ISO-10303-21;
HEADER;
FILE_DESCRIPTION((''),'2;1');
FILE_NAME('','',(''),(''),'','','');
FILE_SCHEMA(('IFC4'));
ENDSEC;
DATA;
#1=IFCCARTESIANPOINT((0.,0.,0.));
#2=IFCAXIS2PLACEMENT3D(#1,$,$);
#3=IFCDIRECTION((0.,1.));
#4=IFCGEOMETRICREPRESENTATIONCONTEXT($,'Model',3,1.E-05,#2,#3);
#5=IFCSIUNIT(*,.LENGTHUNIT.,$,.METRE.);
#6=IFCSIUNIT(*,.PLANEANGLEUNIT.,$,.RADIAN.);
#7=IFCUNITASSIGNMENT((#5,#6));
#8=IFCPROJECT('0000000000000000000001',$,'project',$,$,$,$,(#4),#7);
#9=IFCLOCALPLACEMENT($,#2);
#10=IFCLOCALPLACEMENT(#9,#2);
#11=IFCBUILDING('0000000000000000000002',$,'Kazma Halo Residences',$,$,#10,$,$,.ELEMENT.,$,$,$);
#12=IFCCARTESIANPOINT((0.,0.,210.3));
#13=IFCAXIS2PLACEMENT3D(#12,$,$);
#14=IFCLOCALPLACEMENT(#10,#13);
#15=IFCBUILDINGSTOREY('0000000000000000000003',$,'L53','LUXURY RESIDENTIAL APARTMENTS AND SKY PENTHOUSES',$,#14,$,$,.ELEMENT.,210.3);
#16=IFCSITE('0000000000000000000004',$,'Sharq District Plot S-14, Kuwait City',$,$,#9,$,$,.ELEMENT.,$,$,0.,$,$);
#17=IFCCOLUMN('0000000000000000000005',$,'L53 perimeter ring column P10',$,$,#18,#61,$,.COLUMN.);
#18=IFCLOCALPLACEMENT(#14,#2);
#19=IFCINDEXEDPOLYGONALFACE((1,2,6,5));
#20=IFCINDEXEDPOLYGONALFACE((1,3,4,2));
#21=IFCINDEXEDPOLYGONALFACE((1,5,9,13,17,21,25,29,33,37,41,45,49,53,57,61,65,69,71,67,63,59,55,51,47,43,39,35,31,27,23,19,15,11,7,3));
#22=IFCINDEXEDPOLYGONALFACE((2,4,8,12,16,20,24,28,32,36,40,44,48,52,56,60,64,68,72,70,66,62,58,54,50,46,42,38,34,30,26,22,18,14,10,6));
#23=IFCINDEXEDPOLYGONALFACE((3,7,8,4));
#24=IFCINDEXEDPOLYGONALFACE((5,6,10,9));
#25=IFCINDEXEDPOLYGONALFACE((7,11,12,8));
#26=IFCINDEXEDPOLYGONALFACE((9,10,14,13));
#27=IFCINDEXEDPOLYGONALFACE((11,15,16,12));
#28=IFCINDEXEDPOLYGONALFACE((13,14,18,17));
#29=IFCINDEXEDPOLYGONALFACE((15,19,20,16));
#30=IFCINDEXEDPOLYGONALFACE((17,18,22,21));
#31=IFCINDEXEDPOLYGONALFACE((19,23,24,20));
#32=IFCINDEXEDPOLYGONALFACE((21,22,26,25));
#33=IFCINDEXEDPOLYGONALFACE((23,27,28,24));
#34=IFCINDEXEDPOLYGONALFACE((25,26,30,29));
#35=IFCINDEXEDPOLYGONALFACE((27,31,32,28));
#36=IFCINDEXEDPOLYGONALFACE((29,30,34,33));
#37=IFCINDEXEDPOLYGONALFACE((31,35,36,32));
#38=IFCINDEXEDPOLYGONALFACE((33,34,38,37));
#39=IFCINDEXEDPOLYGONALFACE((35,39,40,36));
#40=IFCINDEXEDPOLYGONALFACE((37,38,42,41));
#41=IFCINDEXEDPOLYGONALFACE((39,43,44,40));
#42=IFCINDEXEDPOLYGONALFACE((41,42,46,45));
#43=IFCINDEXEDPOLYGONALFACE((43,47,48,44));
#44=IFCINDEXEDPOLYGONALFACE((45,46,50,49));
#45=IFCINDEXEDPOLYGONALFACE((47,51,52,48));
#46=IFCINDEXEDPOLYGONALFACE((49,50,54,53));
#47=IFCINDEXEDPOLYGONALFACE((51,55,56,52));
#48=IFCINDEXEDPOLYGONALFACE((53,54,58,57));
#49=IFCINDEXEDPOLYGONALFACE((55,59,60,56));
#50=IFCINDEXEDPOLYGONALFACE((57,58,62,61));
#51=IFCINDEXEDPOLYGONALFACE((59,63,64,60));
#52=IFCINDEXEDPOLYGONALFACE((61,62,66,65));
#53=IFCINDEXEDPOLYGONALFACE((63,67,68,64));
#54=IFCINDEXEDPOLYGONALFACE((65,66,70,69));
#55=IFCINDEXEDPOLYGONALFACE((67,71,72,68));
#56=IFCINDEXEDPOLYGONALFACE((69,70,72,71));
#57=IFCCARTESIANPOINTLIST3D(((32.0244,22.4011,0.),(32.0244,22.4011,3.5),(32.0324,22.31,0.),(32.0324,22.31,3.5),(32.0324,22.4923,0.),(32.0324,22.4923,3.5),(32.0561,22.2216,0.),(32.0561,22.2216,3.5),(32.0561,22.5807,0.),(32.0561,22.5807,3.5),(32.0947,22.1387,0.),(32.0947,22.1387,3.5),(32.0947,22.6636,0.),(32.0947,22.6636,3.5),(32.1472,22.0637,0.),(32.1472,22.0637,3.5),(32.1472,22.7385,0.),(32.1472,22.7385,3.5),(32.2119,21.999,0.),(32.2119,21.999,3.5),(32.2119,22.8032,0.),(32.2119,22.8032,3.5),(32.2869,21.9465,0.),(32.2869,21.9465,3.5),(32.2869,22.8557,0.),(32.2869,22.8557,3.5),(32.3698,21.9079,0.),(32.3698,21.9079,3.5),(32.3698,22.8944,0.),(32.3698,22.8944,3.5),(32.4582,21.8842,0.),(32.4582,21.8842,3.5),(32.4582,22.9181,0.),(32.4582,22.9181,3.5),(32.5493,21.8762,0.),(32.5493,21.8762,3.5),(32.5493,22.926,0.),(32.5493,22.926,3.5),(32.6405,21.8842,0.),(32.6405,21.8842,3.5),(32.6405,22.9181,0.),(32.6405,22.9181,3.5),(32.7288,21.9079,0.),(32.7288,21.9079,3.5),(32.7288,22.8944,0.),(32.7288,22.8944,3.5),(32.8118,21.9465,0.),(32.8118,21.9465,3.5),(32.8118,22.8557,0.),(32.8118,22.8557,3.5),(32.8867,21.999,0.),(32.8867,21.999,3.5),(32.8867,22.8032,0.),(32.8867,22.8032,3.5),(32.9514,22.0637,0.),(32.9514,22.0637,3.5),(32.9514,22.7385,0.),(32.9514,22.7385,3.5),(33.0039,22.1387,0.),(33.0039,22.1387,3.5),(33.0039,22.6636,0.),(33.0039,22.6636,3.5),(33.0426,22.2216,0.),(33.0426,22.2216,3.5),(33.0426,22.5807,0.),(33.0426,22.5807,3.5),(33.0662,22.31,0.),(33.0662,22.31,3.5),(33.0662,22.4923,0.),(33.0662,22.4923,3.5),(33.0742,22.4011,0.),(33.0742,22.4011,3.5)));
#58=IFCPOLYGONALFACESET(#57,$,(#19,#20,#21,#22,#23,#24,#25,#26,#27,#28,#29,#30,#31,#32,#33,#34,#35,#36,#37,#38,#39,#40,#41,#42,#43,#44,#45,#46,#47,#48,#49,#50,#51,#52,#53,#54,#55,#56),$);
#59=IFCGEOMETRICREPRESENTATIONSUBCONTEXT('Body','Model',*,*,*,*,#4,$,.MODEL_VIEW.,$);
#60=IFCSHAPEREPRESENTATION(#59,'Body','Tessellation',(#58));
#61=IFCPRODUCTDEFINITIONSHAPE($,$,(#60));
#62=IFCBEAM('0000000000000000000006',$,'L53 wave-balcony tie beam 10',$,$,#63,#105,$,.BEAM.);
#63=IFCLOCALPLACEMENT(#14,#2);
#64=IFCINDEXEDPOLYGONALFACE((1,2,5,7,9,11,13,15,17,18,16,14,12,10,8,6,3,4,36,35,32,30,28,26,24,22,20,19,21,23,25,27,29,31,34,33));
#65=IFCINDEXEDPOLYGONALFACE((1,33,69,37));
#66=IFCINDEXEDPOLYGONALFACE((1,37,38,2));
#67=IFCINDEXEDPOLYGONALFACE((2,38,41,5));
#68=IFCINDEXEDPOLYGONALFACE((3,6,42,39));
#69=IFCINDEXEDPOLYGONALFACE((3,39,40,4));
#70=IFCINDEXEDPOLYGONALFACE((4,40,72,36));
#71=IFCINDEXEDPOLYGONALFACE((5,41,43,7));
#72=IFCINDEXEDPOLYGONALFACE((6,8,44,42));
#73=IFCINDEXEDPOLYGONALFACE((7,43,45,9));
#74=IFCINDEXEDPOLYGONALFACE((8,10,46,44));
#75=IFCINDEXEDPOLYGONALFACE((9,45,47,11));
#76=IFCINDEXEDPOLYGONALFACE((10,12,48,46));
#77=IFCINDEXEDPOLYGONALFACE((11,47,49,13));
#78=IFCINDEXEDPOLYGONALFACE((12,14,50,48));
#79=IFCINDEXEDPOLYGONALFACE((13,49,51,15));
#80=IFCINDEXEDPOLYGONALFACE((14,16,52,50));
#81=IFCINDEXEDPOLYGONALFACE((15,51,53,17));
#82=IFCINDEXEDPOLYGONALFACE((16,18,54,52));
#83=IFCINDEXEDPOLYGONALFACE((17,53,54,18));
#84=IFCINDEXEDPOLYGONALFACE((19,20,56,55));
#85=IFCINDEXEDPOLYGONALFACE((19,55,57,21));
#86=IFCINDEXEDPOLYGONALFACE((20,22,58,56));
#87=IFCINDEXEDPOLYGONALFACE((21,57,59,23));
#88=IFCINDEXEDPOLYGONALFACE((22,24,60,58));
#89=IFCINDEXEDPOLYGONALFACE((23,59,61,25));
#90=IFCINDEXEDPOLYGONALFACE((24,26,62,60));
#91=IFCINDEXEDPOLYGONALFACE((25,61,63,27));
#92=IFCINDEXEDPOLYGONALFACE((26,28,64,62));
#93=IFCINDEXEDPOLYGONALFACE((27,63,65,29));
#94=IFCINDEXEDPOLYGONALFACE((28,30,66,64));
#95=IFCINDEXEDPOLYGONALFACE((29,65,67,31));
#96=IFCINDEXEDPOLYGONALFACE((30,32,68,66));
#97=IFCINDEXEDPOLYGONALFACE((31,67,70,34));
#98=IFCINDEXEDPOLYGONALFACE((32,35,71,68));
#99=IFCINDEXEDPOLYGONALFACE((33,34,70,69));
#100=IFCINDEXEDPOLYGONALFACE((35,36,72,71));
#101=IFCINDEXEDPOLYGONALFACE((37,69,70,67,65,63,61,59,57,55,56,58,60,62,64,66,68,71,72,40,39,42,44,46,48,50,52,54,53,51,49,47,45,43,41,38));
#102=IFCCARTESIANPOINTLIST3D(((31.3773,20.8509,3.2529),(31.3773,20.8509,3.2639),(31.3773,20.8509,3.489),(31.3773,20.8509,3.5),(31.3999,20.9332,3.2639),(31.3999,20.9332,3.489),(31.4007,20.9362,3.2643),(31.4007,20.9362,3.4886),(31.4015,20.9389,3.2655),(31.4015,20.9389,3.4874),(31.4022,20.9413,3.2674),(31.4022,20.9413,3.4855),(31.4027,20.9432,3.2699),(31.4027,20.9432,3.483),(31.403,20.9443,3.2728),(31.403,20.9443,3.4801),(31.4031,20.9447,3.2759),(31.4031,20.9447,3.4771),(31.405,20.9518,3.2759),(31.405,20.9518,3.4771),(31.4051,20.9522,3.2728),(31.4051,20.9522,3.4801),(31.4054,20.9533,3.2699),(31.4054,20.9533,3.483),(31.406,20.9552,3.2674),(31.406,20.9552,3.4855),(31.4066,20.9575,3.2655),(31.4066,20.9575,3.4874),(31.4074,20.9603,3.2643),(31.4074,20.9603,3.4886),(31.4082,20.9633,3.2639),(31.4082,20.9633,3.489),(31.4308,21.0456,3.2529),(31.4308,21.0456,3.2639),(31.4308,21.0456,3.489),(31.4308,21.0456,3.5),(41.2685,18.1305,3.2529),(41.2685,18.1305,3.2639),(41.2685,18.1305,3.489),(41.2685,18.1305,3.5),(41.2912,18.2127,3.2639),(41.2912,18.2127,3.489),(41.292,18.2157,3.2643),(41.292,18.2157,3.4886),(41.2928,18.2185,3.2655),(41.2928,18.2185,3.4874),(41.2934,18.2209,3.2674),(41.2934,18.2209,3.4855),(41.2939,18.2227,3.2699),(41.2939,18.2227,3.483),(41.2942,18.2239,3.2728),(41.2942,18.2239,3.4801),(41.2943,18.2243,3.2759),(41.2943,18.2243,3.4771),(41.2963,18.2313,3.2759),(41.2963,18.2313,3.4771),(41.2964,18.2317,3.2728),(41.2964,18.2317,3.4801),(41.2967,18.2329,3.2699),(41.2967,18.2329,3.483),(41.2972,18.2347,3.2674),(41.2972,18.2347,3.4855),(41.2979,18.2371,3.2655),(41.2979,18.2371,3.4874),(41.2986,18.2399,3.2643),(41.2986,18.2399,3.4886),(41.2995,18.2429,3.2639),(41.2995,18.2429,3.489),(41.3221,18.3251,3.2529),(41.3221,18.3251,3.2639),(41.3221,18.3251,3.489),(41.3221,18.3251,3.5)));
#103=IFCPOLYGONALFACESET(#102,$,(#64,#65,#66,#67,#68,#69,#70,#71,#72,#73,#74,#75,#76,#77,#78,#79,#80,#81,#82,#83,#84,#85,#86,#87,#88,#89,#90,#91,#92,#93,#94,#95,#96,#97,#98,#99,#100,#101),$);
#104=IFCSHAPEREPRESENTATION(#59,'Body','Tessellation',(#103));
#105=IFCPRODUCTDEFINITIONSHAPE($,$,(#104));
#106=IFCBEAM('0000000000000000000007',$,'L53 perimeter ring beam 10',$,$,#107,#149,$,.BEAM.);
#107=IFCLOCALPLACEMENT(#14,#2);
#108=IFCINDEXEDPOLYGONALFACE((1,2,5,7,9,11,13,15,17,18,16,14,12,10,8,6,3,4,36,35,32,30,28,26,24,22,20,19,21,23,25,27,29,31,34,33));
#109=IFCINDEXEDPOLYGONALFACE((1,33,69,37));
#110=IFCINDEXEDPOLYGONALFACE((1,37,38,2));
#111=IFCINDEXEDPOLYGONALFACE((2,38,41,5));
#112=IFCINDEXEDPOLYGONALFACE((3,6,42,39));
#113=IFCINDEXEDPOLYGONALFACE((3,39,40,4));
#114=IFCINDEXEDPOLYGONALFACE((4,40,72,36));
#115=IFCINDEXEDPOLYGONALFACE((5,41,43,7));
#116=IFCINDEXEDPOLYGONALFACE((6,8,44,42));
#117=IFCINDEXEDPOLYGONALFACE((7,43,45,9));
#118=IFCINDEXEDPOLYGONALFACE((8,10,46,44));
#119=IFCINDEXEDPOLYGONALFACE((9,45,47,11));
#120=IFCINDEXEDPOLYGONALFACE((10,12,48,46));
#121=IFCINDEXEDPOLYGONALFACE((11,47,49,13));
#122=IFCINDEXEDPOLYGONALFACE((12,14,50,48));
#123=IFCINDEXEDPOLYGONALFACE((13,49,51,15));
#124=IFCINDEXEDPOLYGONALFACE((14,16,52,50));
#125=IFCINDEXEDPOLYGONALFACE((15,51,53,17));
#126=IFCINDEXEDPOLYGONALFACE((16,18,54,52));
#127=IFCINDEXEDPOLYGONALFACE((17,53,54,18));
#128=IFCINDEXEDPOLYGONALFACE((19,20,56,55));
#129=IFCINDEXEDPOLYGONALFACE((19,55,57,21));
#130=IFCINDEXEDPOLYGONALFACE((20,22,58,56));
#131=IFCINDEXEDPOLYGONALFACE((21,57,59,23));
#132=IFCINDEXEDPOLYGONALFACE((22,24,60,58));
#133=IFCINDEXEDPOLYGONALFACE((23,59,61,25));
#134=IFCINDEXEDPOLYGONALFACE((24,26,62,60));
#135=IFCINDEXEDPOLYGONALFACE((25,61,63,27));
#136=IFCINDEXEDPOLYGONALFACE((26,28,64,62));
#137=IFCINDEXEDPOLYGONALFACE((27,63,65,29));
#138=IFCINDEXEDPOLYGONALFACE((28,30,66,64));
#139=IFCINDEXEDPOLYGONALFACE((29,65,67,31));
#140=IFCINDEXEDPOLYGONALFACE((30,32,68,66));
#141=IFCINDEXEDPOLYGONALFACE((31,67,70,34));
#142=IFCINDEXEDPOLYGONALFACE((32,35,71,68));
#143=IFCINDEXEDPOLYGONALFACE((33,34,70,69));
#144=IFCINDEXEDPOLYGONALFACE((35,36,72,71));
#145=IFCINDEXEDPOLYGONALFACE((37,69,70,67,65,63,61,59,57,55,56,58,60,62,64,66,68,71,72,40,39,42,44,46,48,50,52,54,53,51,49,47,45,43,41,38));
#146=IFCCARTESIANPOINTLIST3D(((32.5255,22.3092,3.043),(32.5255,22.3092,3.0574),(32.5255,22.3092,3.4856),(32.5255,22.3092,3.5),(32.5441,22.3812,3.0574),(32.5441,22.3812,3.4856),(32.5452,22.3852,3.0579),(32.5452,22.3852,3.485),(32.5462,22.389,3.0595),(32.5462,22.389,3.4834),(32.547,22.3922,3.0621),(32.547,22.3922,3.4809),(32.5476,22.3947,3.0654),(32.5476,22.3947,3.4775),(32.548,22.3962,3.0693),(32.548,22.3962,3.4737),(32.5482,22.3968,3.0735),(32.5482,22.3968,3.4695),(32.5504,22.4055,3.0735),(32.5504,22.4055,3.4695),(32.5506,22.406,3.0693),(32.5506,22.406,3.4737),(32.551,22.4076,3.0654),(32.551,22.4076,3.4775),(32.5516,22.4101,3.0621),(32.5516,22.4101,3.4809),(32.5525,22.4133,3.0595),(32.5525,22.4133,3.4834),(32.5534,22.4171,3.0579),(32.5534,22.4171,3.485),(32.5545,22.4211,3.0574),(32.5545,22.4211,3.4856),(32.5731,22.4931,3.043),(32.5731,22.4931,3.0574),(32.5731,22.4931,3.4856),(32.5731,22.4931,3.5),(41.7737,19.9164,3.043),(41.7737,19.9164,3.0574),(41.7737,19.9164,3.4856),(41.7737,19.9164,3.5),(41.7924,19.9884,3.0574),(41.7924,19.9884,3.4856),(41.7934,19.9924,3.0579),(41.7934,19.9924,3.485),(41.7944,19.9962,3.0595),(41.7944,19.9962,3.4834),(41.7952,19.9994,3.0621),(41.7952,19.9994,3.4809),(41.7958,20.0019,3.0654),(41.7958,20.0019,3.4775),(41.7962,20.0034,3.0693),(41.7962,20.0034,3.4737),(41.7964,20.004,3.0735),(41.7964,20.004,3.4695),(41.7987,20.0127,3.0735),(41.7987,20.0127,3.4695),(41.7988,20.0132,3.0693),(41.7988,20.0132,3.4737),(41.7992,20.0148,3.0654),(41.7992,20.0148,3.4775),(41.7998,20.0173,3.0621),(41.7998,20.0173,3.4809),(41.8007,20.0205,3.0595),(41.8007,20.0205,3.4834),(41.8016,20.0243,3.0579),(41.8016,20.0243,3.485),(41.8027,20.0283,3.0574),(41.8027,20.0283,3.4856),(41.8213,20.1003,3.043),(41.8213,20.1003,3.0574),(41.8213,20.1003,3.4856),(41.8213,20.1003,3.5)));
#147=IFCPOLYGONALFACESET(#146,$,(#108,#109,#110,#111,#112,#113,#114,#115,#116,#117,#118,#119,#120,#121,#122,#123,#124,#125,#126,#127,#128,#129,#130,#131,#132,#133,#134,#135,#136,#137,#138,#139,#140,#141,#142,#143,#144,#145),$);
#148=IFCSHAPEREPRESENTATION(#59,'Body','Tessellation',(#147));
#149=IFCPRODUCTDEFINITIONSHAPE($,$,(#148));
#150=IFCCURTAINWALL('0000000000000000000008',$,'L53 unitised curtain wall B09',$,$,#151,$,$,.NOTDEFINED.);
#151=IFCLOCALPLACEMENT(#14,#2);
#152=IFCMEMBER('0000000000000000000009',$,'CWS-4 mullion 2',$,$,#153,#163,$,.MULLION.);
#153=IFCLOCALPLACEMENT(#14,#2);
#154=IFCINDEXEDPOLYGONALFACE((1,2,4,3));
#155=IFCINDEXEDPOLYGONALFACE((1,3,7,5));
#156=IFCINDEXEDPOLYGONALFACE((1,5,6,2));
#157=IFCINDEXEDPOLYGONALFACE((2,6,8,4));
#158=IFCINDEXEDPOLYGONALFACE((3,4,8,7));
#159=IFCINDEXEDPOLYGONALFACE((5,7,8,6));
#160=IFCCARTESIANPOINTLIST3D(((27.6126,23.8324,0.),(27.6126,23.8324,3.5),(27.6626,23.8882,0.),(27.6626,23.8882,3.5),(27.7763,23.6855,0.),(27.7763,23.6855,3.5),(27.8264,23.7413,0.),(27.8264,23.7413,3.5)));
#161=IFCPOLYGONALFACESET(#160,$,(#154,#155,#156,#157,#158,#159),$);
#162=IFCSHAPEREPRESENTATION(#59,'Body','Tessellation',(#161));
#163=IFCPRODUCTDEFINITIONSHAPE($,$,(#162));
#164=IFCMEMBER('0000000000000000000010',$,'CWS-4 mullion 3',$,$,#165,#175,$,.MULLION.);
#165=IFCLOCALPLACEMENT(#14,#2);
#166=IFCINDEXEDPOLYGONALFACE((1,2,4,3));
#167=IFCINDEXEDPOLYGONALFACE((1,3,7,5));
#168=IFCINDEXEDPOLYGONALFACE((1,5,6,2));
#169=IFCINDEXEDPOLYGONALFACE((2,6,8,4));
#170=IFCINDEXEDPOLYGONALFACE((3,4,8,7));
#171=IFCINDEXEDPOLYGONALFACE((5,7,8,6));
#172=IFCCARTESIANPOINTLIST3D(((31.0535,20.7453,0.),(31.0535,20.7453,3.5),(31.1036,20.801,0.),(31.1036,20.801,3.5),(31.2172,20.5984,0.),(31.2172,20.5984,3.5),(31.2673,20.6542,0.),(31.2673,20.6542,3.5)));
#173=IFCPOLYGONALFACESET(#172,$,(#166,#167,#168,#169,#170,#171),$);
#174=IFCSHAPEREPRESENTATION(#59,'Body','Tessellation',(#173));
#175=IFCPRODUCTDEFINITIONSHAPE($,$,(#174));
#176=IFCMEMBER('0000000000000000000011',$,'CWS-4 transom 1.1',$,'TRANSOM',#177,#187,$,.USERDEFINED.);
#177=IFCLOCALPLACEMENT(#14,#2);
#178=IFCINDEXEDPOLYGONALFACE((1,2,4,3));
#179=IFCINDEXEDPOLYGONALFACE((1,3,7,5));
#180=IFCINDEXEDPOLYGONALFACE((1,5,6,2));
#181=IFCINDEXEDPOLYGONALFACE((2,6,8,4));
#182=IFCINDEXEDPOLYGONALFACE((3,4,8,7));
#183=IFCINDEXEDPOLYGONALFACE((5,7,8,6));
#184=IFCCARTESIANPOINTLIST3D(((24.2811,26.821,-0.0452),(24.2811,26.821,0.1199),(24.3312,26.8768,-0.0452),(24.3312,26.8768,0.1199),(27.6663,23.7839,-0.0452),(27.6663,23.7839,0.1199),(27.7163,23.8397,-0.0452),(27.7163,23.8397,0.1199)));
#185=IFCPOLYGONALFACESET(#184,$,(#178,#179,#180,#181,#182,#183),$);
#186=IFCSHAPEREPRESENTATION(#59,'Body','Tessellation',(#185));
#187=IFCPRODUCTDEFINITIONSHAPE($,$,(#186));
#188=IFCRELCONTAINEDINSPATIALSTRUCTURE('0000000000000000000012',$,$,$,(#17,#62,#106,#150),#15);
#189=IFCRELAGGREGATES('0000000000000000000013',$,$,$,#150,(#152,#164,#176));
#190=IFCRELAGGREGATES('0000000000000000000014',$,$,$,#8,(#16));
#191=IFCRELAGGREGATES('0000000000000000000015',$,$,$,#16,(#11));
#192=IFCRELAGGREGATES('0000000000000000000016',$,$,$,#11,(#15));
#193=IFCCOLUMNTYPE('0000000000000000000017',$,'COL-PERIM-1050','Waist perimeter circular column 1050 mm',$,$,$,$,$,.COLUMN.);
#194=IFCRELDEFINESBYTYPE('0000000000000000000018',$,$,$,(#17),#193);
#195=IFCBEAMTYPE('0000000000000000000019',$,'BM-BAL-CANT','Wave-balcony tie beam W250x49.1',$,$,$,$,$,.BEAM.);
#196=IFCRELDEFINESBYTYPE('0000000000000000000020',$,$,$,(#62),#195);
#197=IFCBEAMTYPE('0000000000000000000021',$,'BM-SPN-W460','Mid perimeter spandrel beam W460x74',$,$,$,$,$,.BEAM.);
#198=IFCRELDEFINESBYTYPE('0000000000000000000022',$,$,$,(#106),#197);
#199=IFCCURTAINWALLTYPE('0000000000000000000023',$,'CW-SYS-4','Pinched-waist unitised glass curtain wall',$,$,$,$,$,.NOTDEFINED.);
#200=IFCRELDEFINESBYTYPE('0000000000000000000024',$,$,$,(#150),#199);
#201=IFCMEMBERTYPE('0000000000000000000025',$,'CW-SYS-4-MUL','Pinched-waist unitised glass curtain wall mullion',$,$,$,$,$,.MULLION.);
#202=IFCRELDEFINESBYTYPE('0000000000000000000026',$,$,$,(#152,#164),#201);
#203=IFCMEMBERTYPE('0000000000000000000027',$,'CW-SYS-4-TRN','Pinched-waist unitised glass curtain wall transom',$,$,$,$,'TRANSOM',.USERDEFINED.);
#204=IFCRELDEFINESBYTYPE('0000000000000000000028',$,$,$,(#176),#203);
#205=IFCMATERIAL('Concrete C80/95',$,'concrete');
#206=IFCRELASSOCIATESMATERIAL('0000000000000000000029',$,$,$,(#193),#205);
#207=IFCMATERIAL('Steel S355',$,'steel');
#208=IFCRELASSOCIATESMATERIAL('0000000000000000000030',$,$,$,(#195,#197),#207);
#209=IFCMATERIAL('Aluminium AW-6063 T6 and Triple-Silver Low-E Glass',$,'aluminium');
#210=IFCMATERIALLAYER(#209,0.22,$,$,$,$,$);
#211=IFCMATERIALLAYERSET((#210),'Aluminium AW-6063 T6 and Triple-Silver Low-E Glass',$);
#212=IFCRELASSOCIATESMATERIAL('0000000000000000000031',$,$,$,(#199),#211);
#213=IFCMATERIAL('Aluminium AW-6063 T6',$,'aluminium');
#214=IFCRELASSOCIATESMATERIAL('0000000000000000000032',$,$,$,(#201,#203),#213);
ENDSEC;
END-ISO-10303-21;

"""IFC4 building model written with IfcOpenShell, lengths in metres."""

from ifc_helpers import new_model, si_unit, direction, frame, origin, origin_2d, place, context, subcontext, project, spatial, rectangle, circle, i_section, extrude, material, layer, layer_set, material_profile, profile_set, type_object, element, aggregate, save


model = new_model("IFC4")

# Units and contexts
model_context = context("Model", 3, precision=1e-05, world=origin(), true_north=direction((0.0, 1.0)))
body_context = subcontext(model_context, "Body", "Model", "MODEL_VIEW")
ifc_project = project(units=[si_unit("LENGTHUNIT", "METRE"), si_unit("PLANEANGLEUNIT", "RADIAN")], contexts=[model_context])

# Site, building, storey
site_placement = place(None, origin())
site = spatial("IfcSite", under=ifc_project, at=site_placement, Name="Sharq District Plot S-14, Kuwait City", CompositionType="ELEMENT", RefElevation=0.0)
building_placement = place(site_placement, origin())
building = spatial("IfcBuilding", under=site, at=building_placement, Name="Kazma Halo Residences", CompositionType="ELEMENT")
storey_placement = place(building_placement, frame((0.0, 0.0, 210.3)))
storey = spatial("IfcBuildingStorey", under=building, at=storey_placement, Name="L53", Description="LUXURY RESIDENTIAL APARTMENTS AND SKY PENTHOUSES", CompositionType="ELEMENT", Elevation=210.3)

# Column
ifc_material_1 = material(Name="Concrete C80/95", Category="concrete")
ifc_material_profile_1 = material_profile(ifc_material_1, circle(Radius=0.5249, at=origin_2d()), Name="CIRC1050")
ifc_profile_set_1 = profile_set([ifc_material_profile_1], Name="Concrete C80/95")
column_type = type_object("IfcColumnType", Name="COL-PERIM-1050", Description="Waist perimeter circular column 1050 mm", PredefinedType="COLUMN", material=ifc_profile_set_1)
column_placement = place(storey_placement, frame((32.5493, 22.4011, 0.0), z_axis=(0.0, 0.0, 1.0), x_axis=(1.0, 0.0, 0.0)))
element("IfcColumn", 1, at=column_placement, inside=storey, type_object=column_type, Name="L53 perimeter ring column P10", PredefinedType="COLUMN", context=body_context, shape_type="SweptSolid", body=[
    extrude(circle(Radius=0.5249, at=origin_2d()), origin(), (0.0, 0.0, 1.0), 3.5),
])

# Beams
ifc_material_2 = material(Name="Steel S355", Category="steel")
ifc_material_profile_2 = material_profile(ifc_material_2, i_section(OverallWidth=0.2019, OverallDepth=0.2471, WebThickness=0.0073, FlangeThickness=0.011, FilletRadius=0.012, at=origin_2d()), Name="W250x49.1")
ifc_profile_set_2 = profile_set([ifc_material_profile_2], Name="Steel S355")
beam_type_1 = type_object("IfcBeamType", Name="BM-BAL-CANT", Description="Wave-balcony tie beam W250x49.1", PredefinedType="BEAM", material=ifc_profile_set_2)
beam_1_placement = place(storey_placement, frame((31.4041, 20.9482, 3.3765), z_axis=(0.964197, -0.265187, 0.0), x_axis=(0.265187, 0.964197, 0.0)))
element("IfcBeam", 2, at=beam_1_placement, inside=storey, type_object=beam_type_1, Name="L53 wave-balcony tie beam 10", PredefinedType="BEAM", context=body_context, shape_type="SweptSolid", body=[
    extrude(i_section(OverallWidth=0.2019, OverallDepth=0.2471, WebThickness=0.0073, FlangeThickness=0.011, FilletRadius=0.012, at=origin_2d()), origin(), (0.0, 0.0, 1.0), 10.2585),
])
ifc_material_profile_3 = material_profile(ifc_material_2, i_section(OverallWidth=0.1899, OverallDepth=0.457, WebThickness=0.009, FlangeThickness=0.0144, FilletRadius=0.0161, at=origin_2d()), Name="W460x74")
ifc_profile_set_3 = profile_set([ifc_material_profile_3], Name="Steel S355")
beam_type_2 = type_object("IfcBeamType", Name="BM-SPN-W460", Description="Mid perimeter spandrel beam W460x74", PredefinedType="BEAM", material=ifc_profile_set_3)
beam_2_placement = place(storey_placement, frame((32.5493, 22.4011, 3.2715), z_axis=(0.968121, -0.250483, 0.0), x_axis=(0.250483, 0.968121, 0.0)))
element("IfcBeam", 3, at=beam_2_placement, inside=storey, type_object=beam_type_2, Name="L53 perimeter ring beam 10", PredefinedType="BEAM", context=body_context, shape_type="SweptSolid", body=[
    extrude(i_section(OverallWidth=0.1899, OverallDepth=0.457, WebThickness=0.009, FlangeThickness=0.0144, FilletRadius=0.0161, at=origin_2d()), origin(), (0.0, 0.0, 1.0), 9.5527),
])

# Curtain wall, members
ifc_material_3 = material(Name="Aluminium AW-6063 T6 and Triple-Silver Low-E Glass", Category="aluminium")
ifc_layer_1 = layer(ifc_material_3, 0.22)
ifc_layer_set_1 = layer_set([ifc_layer_1], Name="Aluminium AW-6063 T6 and Triple-Silver Low-E Glass")
curtain_wall_type = type_object("IfcCurtainWallType", Name="CW-SYS-4", Description="Pinched-waist unitised glass curtain wall", PredefinedType="NOTDEFINED", material=ifc_layer_set_1)
curtain_wall_placement = place(storey_placement, origin())
curtain_wall = element("IfcCurtainWall", 4, at=curtain_wall_placement, inside=storey, type_object=curtain_wall_type, Name="L53 unitised curtain wall B09", PredefinedType="NOTDEFINED")
ifc_material_4 = material(Name="Aluminium AW-6063 T6", Category="aluminium")
ifc_material_profile_4 = material_profile(ifc_material_4, rectangle(XDim=0.075, YDim=0.22, at=origin_2d()), Name="CWM-75x220")
ifc_profile_set_4 = profile_set([ifc_material_profile_4], Name="Aluminium AW-6063 T6")
member_type_1 = type_object("IfcMemberType", Name="CW-SYS-4-MUL", Description="Pinched-waist unitised glass curtain wall mullion", PredefinedType="MULLION", material=ifc_profile_set_4)
member_1_placement = place(storey_placement, frame((27.7195, 23.7869, 0.0), z_axis=(0.0, 0.0, 1.0), x_axis=(0.667784, 0.744355, 0.0)))
member_1 = element("IfcMember", 5, at=member_1_placement, type_object=member_type_1, Name="CWS-4 mullion 2", PredefinedType="MULLION", context=body_context, shape_type="SweptSolid", body=[
    extrude(rectangle(XDim=0.075, YDim=0.22, at=origin_2d()), origin(), (0.0, 0.0, 1.0), 3.5),
])
member_2_placement = place(storey_placement, frame((31.1604, 20.6997, 0.0), z_axis=(0.0, 0.0, 1.0), x_axis=(0.667784, 0.744355, 0.0)))
member_2 = element("IfcMember", 6, at=member_2_placement, type_object=member_type_1, Name="CWS-4 mullion 3", PredefinedType="MULLION", context=body_context, shape_type="SweptSolid", body=[
    extrude(rectangle(XDim=0.075, YDim=0.22, at=origin_2d()), origin(), (0.0, 0.0, 1.0), 3.5),
])
ifc_material_profile_5 = material_profile(ifc_material_4, rectangle(XDim=0.075, YDim=0.165, at=origin_2d()), Name="CWT-75x165")
ifc_profile_set_5 = profile_set([ifc_material_profile_5], Name="Aluminium AW-6063 T6")
member_type_2 = type_object("IfcMemberType", Name="CW-SYS-4-TRN", Description="Pinched-waist unitised glass curtain wall transom", ElementType="TRANSOM", PredefinedType="USERDEFINED", material=ifc_profile_set_5)
member_3_placement = place(storey_placement, frame((24.3062, 26.8489, 0.0374), z_axis=(0.744345, -0.667795, 0.0), x_axis=(0.667795, 0.744345, 0.0)))
member_3 = element("IfcMember", 7, at=member_3_placement, type_object=member_type_2, Name="CWS-4 transom 1.1", ObjectType="TRANSOM", PredefinedType="USERDEFINED", context=body_context, shape_type="SweptSolid", body=[
    extrude(rectangle(XDim=0.075, YDim=0.165, at=origin_2d()), origin(), (0.0, 0.0, 1.0), 4.5479),
])
aggregate(curtain_wall, [member_1, member_2, member_3])

save(model, "model.ifc")
